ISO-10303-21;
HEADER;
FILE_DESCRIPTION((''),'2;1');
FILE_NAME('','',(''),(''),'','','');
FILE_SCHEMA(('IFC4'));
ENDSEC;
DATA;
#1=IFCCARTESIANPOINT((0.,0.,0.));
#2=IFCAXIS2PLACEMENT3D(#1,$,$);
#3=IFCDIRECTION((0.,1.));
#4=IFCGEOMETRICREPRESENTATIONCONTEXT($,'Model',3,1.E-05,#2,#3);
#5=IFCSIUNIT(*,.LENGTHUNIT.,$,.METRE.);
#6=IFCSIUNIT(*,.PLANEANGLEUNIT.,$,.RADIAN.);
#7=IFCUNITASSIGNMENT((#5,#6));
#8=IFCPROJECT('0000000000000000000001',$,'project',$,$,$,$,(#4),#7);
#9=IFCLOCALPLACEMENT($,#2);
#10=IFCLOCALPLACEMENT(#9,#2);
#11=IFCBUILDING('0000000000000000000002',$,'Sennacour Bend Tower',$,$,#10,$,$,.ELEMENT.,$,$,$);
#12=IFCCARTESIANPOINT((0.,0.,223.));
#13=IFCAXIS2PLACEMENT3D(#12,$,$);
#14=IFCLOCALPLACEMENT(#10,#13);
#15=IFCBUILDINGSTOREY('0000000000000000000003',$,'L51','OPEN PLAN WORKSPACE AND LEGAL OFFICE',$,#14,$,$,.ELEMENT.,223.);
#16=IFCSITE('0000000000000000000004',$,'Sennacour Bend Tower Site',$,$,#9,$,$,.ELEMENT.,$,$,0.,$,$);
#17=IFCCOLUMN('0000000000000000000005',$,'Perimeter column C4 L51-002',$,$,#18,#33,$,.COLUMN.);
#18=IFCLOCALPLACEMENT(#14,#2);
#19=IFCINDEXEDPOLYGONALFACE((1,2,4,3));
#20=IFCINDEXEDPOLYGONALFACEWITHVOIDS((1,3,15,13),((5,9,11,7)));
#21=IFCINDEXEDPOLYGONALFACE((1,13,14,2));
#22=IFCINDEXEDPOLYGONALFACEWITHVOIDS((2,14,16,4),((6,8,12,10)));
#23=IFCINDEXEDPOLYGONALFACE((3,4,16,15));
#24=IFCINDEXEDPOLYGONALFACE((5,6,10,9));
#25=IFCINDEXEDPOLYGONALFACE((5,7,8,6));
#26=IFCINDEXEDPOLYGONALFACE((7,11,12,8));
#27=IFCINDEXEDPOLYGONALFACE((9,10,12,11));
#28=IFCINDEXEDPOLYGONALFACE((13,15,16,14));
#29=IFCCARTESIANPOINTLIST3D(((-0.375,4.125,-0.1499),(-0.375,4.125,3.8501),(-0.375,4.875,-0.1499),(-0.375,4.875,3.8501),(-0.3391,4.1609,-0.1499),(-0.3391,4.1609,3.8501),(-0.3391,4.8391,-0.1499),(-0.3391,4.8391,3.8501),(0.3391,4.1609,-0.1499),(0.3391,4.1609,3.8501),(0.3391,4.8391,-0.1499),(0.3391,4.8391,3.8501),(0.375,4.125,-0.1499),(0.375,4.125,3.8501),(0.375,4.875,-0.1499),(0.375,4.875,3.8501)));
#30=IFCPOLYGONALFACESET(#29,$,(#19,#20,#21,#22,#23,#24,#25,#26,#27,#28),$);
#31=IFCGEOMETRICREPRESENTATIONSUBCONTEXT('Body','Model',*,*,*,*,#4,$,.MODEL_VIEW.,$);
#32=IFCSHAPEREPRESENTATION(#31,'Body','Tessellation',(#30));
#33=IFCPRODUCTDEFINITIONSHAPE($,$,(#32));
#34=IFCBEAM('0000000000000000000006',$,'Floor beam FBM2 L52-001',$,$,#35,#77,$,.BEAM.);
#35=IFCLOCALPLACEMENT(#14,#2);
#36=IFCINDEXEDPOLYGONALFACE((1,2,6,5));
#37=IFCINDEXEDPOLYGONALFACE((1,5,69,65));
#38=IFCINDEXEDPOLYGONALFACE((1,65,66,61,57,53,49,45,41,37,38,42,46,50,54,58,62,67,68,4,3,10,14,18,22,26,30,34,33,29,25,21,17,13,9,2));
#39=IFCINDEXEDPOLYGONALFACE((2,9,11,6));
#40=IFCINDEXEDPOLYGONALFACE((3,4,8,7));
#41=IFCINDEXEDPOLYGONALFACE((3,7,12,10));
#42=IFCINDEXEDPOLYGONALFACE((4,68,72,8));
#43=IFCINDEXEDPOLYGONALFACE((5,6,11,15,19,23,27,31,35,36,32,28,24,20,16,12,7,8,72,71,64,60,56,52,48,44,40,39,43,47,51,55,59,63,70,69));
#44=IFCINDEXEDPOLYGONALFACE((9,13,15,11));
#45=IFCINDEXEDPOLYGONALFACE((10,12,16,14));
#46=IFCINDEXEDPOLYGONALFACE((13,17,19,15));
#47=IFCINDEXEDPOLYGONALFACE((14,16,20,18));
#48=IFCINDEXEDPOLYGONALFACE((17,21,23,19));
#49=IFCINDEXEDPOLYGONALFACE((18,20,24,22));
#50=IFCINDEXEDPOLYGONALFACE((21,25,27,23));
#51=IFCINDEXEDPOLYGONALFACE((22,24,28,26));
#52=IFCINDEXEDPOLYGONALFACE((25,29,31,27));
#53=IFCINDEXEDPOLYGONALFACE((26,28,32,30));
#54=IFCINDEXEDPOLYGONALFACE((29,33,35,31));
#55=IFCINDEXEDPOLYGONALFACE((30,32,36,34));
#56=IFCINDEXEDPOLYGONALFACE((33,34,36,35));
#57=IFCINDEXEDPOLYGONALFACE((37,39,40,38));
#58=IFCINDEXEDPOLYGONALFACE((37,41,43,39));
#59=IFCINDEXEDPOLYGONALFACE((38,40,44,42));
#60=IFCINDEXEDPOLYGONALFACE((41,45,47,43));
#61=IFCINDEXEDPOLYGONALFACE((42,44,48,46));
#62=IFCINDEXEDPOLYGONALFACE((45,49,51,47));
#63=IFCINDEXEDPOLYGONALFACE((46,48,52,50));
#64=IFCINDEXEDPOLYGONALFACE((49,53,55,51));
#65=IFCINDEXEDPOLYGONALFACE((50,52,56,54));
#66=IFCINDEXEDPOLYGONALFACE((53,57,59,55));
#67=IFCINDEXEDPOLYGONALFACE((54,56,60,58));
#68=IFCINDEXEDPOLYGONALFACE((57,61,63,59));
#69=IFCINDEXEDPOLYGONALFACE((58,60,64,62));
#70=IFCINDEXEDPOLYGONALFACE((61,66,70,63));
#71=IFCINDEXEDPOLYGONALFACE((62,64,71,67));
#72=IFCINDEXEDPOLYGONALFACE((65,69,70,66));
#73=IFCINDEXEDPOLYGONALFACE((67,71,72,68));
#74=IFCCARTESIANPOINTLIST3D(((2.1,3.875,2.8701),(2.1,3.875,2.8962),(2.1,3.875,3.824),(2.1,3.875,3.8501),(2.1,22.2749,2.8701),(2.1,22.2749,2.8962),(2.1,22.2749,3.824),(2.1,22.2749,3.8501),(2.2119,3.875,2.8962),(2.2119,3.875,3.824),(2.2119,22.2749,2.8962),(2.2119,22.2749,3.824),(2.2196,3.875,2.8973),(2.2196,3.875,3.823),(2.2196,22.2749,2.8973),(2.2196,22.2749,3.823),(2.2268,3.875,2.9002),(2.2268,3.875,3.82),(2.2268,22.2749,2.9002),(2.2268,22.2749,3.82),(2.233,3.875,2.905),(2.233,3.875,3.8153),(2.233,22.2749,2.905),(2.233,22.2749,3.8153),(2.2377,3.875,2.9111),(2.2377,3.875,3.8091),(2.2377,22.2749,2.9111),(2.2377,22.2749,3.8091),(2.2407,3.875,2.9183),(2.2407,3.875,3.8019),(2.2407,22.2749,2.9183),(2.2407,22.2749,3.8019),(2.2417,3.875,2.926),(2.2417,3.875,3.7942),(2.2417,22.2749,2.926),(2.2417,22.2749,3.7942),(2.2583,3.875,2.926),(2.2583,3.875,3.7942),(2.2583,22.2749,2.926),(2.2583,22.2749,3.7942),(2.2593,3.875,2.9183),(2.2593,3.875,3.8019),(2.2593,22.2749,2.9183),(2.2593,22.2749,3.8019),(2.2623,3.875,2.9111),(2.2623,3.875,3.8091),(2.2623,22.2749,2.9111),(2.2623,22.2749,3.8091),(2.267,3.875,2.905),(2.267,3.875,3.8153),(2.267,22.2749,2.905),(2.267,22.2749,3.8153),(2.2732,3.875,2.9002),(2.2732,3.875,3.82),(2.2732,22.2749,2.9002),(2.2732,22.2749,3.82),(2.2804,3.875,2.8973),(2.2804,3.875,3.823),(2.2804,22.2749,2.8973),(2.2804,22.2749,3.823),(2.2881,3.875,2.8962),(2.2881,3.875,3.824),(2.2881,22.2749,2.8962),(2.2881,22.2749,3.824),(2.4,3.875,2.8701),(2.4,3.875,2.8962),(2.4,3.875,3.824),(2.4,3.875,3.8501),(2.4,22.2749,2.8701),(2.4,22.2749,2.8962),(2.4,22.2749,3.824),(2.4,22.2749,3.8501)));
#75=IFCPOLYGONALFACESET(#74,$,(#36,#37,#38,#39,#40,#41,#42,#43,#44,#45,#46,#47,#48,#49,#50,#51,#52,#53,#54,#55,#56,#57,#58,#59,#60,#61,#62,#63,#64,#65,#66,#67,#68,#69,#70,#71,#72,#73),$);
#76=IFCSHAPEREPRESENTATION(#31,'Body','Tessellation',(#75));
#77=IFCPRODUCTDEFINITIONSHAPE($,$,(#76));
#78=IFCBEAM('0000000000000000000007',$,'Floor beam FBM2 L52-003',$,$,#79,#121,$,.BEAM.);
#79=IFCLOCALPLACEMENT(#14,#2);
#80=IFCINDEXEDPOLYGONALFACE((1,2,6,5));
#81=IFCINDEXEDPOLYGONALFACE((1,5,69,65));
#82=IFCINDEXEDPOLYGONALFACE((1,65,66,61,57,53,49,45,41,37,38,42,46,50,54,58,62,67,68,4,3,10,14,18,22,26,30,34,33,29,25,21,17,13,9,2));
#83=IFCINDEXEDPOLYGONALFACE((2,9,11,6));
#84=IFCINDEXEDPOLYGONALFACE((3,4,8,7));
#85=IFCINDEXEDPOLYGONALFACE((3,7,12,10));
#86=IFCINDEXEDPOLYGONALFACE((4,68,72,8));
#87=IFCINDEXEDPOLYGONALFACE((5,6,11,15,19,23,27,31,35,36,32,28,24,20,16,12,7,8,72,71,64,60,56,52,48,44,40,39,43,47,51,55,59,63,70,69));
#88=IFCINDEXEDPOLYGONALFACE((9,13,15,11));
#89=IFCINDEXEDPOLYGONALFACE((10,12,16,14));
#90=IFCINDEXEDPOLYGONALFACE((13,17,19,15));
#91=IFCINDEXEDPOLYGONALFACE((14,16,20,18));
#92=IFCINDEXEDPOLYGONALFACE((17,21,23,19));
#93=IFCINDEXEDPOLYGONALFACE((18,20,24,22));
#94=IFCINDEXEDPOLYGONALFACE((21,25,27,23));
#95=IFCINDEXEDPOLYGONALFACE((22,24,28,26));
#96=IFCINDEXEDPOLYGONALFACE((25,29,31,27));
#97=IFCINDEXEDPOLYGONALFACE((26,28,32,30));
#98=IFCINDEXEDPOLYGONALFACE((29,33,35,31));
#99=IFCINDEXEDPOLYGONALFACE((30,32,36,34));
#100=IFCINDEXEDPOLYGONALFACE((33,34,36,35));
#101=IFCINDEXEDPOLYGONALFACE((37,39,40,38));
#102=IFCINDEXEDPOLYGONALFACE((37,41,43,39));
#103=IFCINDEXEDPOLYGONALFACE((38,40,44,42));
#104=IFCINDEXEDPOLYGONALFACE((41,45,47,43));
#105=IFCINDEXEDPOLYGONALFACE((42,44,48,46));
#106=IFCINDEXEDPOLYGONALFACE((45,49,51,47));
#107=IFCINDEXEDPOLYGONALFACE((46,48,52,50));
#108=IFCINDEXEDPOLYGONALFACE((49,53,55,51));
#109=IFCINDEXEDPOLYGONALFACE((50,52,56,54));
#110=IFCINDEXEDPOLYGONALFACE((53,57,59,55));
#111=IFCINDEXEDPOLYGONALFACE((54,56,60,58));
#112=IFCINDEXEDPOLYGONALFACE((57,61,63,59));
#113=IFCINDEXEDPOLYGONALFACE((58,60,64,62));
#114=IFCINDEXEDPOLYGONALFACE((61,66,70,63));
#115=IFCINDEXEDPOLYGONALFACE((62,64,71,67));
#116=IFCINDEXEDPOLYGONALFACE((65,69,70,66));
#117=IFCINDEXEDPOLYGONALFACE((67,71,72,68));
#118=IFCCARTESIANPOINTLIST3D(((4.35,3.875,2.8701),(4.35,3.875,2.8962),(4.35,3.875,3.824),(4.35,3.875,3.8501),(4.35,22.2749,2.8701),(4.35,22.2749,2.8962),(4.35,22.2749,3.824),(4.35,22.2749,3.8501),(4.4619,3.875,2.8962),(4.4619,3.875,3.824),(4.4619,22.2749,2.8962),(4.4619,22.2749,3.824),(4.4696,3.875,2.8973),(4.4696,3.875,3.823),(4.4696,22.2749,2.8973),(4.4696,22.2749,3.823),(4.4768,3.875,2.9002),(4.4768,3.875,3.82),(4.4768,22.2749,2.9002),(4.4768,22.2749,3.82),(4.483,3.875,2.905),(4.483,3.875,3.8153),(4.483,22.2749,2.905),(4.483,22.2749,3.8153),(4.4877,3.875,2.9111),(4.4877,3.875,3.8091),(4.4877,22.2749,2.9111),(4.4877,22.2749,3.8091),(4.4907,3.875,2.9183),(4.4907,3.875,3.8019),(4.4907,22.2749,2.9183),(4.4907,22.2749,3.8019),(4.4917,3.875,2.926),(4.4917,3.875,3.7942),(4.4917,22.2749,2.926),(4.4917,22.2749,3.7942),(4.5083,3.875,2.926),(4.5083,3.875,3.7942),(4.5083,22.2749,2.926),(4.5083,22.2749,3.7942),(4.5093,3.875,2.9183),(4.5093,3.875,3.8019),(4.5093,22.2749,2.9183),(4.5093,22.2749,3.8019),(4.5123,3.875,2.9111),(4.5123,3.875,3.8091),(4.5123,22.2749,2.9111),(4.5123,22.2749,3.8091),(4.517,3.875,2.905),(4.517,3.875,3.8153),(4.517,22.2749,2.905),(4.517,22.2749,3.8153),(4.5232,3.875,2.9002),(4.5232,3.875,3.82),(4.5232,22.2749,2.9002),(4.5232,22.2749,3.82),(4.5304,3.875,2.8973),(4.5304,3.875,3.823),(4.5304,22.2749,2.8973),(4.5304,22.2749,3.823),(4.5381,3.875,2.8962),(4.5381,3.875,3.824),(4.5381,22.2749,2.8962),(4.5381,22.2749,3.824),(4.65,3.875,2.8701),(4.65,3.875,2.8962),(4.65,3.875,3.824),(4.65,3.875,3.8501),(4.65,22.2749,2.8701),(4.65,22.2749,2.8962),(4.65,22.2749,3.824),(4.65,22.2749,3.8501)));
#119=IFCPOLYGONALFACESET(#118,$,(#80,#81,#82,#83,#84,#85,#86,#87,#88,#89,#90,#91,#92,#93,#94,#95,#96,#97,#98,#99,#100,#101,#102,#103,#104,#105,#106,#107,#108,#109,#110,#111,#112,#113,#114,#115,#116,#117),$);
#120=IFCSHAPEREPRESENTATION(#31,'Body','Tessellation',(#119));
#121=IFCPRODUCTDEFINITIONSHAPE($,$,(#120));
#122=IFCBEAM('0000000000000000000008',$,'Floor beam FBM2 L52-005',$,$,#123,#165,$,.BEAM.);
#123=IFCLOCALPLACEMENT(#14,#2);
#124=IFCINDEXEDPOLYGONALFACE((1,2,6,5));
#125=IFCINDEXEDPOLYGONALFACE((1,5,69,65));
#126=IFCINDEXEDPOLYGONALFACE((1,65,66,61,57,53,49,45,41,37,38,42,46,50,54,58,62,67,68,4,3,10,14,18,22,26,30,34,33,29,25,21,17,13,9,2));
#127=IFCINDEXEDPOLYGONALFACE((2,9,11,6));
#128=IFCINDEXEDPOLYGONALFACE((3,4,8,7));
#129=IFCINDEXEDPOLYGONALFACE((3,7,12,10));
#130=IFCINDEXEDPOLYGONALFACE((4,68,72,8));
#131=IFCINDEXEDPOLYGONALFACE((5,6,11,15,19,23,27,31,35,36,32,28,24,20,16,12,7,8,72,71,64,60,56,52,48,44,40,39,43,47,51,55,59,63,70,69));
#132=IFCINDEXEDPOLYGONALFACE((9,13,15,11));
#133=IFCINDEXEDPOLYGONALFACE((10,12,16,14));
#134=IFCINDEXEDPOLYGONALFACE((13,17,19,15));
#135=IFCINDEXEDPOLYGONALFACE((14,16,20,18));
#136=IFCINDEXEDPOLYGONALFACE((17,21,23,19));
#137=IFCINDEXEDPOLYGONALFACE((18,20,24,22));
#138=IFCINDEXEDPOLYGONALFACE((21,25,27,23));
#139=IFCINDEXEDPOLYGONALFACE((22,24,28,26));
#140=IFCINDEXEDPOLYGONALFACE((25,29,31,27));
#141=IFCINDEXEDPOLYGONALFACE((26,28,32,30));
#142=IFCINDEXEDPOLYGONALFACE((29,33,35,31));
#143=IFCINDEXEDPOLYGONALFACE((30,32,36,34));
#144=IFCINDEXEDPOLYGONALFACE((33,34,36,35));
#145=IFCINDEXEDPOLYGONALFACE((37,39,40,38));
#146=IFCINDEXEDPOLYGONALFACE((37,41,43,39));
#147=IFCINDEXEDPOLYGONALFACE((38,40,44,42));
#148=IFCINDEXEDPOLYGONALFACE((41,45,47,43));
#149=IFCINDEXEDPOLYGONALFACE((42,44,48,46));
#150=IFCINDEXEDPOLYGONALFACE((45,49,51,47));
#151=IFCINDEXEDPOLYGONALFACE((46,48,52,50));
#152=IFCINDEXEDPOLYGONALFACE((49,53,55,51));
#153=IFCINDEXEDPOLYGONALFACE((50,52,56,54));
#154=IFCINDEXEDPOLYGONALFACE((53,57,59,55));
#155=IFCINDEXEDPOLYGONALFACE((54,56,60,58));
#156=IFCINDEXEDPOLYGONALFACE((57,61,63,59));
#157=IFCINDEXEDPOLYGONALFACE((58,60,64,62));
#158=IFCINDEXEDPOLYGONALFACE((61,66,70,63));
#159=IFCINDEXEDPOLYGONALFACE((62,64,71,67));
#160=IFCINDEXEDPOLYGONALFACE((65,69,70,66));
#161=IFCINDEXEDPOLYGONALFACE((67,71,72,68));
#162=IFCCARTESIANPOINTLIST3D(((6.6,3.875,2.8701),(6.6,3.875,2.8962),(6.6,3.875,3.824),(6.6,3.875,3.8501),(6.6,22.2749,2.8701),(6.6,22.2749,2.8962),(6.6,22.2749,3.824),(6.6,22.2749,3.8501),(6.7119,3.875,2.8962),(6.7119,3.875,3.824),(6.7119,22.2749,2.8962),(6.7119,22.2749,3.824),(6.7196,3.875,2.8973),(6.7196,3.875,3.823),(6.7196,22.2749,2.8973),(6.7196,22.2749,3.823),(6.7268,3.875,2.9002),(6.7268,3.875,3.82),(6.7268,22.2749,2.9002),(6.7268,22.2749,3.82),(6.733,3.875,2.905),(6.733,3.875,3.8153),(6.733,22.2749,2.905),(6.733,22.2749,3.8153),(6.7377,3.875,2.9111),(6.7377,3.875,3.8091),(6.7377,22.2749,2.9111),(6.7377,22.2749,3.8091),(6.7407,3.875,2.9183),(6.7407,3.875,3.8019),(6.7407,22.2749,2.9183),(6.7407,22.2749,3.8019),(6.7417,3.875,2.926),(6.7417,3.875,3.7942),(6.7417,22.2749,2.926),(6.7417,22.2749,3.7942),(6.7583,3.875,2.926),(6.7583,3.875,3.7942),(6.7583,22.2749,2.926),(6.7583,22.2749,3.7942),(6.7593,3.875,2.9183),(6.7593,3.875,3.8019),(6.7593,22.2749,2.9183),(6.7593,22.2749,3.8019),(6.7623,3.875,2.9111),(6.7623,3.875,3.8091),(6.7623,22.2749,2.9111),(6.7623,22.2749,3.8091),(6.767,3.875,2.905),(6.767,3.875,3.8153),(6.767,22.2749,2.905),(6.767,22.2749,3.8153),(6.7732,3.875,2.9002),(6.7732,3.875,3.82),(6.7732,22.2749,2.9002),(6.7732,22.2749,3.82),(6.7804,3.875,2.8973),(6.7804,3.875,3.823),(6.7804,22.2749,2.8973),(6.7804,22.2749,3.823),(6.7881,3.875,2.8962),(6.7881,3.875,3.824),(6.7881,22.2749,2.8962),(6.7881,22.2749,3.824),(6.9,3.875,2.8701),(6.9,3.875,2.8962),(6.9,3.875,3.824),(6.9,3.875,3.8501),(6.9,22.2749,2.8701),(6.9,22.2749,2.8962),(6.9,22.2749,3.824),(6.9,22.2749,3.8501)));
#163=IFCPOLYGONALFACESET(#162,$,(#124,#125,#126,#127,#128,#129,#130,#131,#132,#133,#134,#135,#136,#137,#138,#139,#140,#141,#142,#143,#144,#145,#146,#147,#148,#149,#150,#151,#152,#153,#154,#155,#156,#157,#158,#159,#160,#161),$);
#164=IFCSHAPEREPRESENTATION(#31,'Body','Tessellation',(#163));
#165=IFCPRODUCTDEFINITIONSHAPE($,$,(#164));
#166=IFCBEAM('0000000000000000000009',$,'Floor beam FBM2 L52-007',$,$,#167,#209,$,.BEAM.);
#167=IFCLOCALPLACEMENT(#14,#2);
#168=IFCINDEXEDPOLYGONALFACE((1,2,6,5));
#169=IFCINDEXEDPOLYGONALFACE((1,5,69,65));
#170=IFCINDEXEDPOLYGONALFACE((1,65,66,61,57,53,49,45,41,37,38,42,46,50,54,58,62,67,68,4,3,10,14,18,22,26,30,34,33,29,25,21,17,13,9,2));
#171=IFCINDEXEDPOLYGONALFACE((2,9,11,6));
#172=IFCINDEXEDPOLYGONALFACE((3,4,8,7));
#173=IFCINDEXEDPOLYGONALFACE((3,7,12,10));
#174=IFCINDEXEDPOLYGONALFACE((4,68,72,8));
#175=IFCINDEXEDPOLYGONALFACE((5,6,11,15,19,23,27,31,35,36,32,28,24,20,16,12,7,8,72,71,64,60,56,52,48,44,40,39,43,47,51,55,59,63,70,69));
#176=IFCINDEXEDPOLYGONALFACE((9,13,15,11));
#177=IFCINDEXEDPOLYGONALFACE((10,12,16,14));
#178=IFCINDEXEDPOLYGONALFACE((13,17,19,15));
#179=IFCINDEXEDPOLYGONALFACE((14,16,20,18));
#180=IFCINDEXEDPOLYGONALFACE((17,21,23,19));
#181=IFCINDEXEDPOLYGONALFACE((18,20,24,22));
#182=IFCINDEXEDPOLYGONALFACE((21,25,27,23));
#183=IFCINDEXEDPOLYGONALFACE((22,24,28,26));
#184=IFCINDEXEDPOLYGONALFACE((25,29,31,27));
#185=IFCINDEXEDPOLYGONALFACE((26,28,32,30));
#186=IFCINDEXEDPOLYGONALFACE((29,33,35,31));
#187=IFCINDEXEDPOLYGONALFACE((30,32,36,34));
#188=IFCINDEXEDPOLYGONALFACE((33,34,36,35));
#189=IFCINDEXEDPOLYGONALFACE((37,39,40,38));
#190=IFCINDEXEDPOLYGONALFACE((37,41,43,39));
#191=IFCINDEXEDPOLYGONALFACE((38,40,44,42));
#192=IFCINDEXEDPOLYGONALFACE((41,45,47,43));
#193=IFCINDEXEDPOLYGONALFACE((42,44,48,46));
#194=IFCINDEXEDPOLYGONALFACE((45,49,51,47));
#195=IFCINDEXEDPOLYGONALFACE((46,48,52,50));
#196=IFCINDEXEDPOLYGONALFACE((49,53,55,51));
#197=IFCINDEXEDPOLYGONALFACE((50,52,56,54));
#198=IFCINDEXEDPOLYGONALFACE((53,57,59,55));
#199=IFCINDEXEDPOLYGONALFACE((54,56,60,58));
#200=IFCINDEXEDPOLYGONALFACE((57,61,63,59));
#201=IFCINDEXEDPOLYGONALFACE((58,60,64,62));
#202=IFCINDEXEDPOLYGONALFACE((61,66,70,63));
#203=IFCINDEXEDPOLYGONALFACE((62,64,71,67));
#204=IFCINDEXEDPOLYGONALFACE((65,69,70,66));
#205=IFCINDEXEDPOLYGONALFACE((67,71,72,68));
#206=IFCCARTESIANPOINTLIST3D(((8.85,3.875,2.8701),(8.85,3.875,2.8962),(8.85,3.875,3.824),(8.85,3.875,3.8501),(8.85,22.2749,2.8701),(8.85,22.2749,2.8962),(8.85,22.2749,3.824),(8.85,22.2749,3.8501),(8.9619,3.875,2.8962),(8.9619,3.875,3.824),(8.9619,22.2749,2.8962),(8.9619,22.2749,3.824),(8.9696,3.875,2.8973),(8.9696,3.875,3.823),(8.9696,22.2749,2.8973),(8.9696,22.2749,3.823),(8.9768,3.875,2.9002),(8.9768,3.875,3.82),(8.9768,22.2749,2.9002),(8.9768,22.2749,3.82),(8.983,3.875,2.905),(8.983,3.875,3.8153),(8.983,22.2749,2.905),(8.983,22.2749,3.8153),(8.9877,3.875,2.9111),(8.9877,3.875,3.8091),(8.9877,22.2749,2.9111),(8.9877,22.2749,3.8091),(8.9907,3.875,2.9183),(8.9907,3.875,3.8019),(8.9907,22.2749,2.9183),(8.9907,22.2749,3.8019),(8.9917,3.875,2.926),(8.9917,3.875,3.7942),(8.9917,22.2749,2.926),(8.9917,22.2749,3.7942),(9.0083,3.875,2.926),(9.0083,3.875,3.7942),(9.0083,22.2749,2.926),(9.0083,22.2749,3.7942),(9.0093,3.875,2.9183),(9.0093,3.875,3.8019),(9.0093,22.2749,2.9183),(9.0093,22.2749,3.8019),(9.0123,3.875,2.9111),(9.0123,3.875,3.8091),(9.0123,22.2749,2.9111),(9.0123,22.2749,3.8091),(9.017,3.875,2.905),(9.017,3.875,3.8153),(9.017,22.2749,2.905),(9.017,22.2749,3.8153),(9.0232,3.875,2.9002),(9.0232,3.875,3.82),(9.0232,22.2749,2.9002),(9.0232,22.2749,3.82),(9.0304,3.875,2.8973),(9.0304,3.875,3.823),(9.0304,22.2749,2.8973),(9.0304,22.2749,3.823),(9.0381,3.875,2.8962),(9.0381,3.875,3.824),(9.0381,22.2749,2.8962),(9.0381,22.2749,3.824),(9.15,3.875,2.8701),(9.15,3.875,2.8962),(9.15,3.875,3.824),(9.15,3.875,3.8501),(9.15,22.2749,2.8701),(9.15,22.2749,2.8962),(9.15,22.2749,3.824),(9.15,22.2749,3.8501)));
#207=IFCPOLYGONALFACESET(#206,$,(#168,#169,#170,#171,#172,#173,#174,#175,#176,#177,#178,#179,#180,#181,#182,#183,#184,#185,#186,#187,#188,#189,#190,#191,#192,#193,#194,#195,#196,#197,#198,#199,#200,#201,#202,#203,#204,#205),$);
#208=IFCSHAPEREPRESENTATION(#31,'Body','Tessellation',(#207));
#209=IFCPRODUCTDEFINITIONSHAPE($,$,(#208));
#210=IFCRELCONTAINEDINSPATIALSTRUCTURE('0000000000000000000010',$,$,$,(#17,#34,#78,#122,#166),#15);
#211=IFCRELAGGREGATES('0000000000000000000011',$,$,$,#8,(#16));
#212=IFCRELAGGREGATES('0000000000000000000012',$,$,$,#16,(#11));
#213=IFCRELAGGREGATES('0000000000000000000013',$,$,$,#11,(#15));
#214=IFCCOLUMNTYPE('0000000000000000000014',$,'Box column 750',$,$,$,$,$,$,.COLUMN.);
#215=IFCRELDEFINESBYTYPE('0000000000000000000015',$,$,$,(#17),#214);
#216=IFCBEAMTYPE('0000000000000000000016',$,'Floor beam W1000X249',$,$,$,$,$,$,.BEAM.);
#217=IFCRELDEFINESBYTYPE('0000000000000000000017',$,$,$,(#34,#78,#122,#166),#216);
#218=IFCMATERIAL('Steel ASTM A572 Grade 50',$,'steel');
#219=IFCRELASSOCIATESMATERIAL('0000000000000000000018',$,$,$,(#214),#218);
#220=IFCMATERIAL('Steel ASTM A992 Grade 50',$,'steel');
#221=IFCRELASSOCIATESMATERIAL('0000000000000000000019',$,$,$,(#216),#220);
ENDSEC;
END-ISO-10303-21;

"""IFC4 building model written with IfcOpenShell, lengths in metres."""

from ifc_helpers import new_model, si_unit, direction, frame, origin, origin_2d, place, context, subcontext, project, spatial, hollow_rectangle, i_section, extrude, material, material_profile, profile_set, type_object, element, save


model = new_model("IFC4")

# Units and contexts
model_context = context("Model", 3, precision=1e-05, world=origin(), true_north=direction((0.0, 1.0)))
body_context = subcontext(model_context, "Body", "Model", "MODEL_VIEW")
ifc_project = project(units=[si_unit("LENGTHUNIT", "METRE"), si_unit("PLANEANGLEUNIT", "RADIAN")], contexts=[model_context])

# Site, building, storey
site_placement = place(None, origin())
site = spatial("IfcSite", under=ifc_project, at=site_placement, Name="Sennacour Bend Tower Site", CompositionType="ELEMENT", RefElevation=0.0)
building_placement = place(site_placement, origin())
building = spatial("IfcBuilding", under=site, at=building_placement, Name="Sennacour Bend Tower", CompositionType="ELEMENT")
storey_placement = place(building_placement, frame((0.0, 0.0, 223.0)))
storey = spatial("IfcBuildingStorey", under=building, at=storey_placement, Name="L51", Description="OPEN PLAN WORKSPACE AND LEGAL OFFICE", CompositionType="ELEMENT", Elevation=223.0)

# Column
ifc_material_1 = material(Name="Steel ASTM A572 Grade 50", Category="steel")
ifc_material_profile_1 = material_profile(ifc_material_1, hollow_rectangle(XDim=0.75, YDim=0.75, WallThickness=0.0359, at=origin_2d()), Name="Steel ASTM A572 Grade 50", Category="steel")
ifc_profile_set_1 = profile_set([ifc_material_profile_1], Name="Steel ASTM A572 Grade 50")
column_type = type_object("IfcColumnType", Name="Box column 750", PredefinedType="COLUMN", material=ifc_profile_set_1)
column_placement = place(storey_placement, frame((0.0, 4.5, -0.1499), z_axis=(0.0, 0.0, 1.0), x_axis=(1.0, 0.0, 0.0)))
element("IfcColumn", 1, at=column_placement, inside=storey, type_object=column_type, Name="Perimeter column C4 L51-002", PredefinedType="COLUMN", context=body_context, shape_type="SweptSolid", body=[
    extrude(hollow_rectangle(XDim=0.75, YDim=0.75, WallThickness=0.0359, at=origin_2d()), origin(), (0.0, 0.0, 1.0), 4.0),
])

# Beams
ifc_material_2 = material(Name="Steel ASTM A992 Grade 50", Category="steel")
ifc_material_profile_2 = material_profile(ifc_material_2, i_section(OverallWidth=0.3, OverallDepth=0.98, WebThickness=0.0166, FlangeThickness=0.0261, FilletRadius=0.0298, at=origin_2d()), Name="Steel ASTM A992 Grade 50", Category="steel")
ifc_profile_set_2 = profile_set([ifc_material_profile_2], Name="Steel ASTM A992 Grade 50")
beam_type_1 = type_object("IfcBeamType", Name="Floor beam W1000X249", PredefinedType="BEAM", material=ifc_profile_set_2)
for number, where, z_axis, x_axis, name in (
    (2, (2.25, 3.875, 3.3601), (0.0, 1.0, 0.0), (-1.0, 0.0, 0.0), "Floor beam FBM2 L52-001"),
    (3, (4.5, 3.875, 3.3601), (0.0, 1.0, 0.0), (-1.0, 0.0, 0.0), "Floor beam FBM2 L52-003"),
    (4, (6.75, 3.875, 3.3601), (0.0, 1.0, 0.0), (-1.0, 0.0, 0.0), "Floor beam FBM2 L52-005"),
    (5, (9.0, 3.875, 3.3601), (0.0, 1.0, 0.0), (-1.0, 0.0, 0.0), "Floor beam FBM2 L52-007"),
):
    element("IfcBeam", number, at=place(storey_placement, frame(where, z_axis=z_axis, x_axis=x_axis)), inside=storey, type_object=beam_type_1, Name=name, PredefinedType="BEAM", context=body_context, shape_type="SweptSolid", body=[
        extrude(i_section(OverallWidth=0.3, OverallDepth=0.98, WebThickness=0.0166, FlangeThickness=0.0261, FilletRadius=0.0298, at=origin_2d()), origin(), (0.0, 0.0, 1.0), 18.3999),
    ])

save(model, "model.ifc")
